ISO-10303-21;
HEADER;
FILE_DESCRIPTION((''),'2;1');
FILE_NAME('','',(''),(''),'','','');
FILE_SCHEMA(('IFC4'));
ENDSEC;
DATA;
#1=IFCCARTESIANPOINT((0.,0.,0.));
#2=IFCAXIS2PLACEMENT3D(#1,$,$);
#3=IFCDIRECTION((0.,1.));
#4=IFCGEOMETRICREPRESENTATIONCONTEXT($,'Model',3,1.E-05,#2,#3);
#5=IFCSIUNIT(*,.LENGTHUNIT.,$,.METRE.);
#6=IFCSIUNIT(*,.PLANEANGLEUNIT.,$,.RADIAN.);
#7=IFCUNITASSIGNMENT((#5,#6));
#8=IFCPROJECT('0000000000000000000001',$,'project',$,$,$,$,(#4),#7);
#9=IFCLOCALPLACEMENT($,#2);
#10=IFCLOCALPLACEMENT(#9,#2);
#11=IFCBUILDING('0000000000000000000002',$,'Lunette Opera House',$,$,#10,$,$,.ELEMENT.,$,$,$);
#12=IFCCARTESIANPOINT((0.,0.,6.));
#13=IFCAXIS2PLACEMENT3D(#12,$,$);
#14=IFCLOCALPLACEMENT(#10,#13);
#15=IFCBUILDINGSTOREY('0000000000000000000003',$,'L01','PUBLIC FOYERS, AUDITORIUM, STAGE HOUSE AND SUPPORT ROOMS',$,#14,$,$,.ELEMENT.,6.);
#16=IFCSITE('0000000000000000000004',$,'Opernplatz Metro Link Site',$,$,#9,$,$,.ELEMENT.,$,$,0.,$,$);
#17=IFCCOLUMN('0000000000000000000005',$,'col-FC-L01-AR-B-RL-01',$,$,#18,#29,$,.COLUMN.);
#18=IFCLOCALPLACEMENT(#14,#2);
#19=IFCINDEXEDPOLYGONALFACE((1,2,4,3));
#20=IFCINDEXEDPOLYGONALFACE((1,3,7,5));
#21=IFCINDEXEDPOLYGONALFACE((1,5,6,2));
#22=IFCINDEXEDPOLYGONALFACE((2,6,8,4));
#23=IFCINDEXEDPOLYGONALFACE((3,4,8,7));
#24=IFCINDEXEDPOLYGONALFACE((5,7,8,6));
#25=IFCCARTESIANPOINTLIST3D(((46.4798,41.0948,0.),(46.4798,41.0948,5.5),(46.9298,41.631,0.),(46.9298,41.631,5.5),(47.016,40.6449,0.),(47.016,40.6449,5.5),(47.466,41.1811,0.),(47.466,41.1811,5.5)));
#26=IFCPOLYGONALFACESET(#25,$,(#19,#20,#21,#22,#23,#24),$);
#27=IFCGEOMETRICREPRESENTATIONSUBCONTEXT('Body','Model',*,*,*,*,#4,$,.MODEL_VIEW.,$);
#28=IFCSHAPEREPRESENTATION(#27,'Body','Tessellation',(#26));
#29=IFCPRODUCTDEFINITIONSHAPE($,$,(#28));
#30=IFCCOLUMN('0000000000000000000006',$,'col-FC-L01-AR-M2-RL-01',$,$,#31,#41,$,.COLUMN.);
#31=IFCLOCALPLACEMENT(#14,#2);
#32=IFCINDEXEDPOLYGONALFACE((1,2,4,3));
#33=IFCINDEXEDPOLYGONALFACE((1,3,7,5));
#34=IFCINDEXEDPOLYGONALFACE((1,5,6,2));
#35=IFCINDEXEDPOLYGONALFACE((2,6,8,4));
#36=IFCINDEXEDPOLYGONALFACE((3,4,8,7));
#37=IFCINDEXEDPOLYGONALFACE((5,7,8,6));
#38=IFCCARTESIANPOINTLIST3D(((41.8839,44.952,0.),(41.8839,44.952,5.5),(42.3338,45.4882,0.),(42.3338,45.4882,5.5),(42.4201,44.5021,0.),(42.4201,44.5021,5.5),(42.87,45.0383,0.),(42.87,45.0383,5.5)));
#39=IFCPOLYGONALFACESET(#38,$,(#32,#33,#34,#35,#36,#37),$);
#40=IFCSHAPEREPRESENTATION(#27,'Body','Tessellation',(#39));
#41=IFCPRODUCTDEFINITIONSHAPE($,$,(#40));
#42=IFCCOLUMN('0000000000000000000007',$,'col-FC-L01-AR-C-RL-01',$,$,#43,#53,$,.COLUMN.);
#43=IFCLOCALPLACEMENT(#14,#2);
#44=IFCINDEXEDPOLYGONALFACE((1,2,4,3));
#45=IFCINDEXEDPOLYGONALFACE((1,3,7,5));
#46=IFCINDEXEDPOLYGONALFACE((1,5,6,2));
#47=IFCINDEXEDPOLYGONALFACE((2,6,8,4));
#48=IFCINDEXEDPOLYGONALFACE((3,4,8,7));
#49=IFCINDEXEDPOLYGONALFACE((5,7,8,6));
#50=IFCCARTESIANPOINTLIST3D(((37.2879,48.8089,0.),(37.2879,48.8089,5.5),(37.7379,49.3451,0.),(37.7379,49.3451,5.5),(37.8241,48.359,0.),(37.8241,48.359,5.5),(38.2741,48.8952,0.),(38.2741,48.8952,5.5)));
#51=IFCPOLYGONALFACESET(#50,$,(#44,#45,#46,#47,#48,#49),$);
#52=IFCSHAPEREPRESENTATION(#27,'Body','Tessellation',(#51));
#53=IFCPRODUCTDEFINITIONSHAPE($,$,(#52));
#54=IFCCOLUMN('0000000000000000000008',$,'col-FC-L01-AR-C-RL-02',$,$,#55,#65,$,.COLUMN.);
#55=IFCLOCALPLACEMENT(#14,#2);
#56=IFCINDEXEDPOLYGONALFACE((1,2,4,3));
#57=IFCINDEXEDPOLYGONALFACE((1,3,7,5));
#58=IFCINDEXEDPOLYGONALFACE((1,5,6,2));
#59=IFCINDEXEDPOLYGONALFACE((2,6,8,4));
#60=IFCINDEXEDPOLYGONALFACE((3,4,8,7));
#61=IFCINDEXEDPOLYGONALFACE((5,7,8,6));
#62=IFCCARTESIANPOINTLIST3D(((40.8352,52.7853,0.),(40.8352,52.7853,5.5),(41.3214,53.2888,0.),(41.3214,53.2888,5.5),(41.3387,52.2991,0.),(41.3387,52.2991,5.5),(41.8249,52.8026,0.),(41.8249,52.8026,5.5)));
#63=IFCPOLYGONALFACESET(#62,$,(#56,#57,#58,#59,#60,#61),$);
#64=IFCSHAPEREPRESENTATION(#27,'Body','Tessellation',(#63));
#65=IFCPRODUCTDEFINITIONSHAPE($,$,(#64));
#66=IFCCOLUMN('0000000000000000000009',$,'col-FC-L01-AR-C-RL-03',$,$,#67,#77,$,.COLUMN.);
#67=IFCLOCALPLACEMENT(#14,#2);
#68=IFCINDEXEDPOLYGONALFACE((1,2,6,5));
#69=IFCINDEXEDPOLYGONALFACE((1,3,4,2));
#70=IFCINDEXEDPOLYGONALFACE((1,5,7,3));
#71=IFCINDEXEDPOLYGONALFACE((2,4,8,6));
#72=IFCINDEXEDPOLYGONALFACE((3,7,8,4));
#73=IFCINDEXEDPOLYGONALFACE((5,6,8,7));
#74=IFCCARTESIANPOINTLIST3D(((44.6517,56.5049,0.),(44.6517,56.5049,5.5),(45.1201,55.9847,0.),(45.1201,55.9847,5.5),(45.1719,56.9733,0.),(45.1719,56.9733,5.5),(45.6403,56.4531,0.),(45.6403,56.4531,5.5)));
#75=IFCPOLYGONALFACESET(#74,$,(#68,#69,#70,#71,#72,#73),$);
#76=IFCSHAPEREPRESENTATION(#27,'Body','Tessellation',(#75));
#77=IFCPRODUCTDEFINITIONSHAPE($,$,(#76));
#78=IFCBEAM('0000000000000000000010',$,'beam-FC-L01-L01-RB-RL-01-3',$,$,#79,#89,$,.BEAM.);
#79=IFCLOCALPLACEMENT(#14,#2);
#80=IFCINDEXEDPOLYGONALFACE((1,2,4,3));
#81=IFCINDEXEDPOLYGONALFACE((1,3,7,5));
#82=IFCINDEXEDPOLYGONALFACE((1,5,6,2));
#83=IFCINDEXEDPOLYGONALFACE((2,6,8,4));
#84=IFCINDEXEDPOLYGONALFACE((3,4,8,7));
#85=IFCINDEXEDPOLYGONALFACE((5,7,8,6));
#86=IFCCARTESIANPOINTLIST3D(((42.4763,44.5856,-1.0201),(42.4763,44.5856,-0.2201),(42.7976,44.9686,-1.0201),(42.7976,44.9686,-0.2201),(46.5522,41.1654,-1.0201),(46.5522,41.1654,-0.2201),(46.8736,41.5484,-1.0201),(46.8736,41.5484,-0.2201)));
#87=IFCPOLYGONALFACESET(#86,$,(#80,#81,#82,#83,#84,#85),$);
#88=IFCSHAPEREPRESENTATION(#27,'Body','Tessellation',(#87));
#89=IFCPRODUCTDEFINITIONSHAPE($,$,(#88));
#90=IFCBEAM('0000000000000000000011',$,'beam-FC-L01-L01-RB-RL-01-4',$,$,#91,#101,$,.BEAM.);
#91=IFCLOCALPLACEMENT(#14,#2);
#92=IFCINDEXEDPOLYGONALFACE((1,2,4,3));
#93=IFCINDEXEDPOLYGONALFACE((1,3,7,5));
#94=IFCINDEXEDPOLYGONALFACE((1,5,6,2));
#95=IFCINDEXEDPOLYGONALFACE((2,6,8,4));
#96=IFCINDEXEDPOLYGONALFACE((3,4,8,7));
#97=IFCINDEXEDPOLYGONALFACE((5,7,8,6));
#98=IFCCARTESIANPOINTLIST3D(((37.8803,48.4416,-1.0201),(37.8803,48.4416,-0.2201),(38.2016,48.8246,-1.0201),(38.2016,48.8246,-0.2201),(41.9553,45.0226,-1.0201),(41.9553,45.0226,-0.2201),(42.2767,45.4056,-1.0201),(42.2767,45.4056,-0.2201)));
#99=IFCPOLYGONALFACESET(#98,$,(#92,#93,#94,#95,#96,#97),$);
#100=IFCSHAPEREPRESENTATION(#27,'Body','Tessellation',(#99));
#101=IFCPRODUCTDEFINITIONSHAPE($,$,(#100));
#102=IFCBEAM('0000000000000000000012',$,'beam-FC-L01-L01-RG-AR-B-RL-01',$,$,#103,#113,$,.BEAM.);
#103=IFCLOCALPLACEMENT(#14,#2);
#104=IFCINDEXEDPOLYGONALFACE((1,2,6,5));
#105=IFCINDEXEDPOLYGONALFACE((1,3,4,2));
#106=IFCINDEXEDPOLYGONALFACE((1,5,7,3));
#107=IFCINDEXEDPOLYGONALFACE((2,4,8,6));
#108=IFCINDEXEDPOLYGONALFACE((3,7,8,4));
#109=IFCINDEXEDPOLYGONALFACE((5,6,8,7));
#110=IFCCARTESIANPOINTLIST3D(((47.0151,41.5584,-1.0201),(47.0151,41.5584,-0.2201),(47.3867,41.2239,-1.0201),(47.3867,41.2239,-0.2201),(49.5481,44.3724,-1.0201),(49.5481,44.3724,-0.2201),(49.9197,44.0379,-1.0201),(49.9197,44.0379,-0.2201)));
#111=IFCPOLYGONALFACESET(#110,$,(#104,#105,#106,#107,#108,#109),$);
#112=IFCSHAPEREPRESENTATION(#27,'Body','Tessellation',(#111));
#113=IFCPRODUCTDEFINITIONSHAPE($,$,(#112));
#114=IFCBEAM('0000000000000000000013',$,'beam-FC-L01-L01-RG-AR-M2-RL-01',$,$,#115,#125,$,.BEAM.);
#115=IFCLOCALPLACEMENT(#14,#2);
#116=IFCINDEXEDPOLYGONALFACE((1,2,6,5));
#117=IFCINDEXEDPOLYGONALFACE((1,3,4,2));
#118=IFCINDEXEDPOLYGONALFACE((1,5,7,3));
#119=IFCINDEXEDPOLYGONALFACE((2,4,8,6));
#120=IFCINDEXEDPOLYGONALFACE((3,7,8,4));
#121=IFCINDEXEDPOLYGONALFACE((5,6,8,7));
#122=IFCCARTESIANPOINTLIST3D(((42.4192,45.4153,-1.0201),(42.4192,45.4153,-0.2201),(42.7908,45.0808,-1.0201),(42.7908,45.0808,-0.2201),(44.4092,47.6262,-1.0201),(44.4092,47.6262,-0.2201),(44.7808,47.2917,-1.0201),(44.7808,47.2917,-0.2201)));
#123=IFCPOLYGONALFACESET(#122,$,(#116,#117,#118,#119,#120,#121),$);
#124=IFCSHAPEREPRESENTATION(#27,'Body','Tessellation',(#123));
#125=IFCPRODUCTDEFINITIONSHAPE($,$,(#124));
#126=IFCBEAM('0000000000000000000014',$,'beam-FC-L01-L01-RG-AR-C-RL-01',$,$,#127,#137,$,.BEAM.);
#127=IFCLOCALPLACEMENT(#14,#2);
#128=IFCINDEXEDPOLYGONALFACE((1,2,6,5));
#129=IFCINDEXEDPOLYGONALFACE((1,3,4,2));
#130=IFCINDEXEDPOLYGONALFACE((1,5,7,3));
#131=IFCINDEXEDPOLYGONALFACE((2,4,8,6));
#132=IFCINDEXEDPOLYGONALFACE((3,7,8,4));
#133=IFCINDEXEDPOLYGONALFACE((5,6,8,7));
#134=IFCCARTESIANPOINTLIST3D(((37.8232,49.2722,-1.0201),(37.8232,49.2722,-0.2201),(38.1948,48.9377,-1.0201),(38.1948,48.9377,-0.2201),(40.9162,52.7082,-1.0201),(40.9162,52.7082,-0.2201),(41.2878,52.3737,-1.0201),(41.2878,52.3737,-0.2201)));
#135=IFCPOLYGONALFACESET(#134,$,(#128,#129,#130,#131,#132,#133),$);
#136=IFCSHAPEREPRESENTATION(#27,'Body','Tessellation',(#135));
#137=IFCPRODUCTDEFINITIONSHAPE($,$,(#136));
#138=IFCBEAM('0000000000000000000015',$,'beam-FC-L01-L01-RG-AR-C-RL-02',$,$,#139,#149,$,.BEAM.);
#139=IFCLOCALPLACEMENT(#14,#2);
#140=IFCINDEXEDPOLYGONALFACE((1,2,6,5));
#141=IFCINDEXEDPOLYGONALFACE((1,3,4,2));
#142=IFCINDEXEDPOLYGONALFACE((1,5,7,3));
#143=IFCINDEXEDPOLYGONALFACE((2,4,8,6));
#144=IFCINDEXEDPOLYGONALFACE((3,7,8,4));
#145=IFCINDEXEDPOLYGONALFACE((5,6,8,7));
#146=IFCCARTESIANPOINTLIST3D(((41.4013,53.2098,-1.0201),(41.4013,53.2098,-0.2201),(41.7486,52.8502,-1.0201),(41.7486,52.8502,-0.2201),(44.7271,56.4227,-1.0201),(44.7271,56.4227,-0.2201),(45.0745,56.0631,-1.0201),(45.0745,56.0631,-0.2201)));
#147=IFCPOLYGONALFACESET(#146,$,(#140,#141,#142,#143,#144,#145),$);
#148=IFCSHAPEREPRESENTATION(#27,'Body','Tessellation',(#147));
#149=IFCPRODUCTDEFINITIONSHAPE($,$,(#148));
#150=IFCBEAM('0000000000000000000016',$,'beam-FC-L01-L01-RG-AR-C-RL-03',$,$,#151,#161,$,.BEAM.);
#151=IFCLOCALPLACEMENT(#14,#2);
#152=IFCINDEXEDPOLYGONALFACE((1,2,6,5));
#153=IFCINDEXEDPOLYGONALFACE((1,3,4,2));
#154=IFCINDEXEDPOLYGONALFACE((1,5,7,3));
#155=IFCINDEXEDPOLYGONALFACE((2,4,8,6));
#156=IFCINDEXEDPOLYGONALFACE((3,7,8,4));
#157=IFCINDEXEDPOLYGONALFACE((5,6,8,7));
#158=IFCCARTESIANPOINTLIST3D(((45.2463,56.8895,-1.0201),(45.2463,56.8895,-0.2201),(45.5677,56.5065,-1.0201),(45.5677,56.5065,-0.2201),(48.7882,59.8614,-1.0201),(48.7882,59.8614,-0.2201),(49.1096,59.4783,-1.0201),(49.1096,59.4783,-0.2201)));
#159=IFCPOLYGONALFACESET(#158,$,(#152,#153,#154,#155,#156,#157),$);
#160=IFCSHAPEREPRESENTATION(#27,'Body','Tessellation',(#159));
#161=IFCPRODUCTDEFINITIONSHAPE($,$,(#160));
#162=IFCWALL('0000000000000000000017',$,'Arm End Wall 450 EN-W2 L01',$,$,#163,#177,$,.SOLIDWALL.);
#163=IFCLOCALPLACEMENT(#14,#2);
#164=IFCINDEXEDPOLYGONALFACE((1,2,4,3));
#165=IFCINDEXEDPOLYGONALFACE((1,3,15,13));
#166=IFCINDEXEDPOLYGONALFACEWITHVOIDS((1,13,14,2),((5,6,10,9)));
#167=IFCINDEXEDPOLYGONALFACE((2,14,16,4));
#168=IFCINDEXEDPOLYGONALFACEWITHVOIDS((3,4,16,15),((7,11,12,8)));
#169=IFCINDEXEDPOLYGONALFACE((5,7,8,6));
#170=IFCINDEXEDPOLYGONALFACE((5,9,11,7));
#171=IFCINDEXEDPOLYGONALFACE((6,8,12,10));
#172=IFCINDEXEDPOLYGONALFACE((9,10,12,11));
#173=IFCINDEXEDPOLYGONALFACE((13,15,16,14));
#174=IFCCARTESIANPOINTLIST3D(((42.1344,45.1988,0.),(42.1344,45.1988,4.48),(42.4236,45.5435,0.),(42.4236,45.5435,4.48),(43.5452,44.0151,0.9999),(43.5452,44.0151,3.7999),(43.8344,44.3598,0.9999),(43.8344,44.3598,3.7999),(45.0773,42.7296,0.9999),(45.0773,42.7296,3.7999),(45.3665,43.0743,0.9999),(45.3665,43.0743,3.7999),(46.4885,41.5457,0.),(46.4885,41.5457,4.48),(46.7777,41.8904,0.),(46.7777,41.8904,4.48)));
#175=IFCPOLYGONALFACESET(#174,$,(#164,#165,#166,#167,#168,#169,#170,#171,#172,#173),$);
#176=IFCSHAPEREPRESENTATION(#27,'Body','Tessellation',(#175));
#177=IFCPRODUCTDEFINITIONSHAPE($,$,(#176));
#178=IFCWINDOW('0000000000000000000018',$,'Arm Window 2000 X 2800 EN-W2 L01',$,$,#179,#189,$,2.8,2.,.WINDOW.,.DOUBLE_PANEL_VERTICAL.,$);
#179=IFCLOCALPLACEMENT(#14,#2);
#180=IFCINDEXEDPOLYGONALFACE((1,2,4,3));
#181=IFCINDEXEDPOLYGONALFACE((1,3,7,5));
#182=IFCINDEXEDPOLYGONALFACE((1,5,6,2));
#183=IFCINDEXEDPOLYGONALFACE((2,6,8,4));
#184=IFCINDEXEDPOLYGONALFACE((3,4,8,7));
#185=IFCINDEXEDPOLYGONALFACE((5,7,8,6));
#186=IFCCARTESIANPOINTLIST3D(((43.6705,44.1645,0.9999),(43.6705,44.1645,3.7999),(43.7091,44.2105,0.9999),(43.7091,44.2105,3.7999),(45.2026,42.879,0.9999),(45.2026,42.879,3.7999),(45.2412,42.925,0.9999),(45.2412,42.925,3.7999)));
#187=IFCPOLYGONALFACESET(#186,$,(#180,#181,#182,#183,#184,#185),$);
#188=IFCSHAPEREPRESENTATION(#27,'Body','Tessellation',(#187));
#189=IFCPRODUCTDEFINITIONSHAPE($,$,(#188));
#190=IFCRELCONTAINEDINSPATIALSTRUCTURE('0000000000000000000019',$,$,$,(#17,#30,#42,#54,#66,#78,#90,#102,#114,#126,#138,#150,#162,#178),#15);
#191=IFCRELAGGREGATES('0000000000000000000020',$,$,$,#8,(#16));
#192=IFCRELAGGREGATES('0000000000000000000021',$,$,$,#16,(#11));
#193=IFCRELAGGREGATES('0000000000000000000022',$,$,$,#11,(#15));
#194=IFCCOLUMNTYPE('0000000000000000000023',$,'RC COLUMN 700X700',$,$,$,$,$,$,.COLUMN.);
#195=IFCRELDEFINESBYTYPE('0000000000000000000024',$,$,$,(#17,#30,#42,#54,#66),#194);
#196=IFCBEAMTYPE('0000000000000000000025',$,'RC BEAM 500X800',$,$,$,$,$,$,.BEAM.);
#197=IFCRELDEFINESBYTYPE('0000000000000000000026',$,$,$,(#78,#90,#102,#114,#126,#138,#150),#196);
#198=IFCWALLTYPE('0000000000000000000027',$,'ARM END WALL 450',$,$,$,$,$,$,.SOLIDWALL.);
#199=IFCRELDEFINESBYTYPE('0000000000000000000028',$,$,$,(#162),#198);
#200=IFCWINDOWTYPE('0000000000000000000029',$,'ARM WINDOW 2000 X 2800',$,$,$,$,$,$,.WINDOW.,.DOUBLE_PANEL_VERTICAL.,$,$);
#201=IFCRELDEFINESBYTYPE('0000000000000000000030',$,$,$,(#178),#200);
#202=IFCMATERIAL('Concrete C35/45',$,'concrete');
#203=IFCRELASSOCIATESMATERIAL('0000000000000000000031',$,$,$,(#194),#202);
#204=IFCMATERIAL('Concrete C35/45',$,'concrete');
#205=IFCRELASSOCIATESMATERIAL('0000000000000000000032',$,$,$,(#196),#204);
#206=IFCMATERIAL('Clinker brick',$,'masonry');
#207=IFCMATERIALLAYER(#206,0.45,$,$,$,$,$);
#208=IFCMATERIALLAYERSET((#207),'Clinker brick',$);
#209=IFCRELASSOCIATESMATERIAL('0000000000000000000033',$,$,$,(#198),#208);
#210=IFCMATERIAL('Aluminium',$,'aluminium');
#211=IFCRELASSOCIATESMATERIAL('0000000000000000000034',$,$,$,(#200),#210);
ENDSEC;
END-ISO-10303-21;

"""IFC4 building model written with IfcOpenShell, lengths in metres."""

from ifc_helpers import new_model, si_unit, direction, frame, frame_2d, origin, origin_2d, place, context, subcontext, project, spatial, rectangle, extrude, material, layer, layer_set, material_profile, profile_set, type_object, element, fill, save


model = new_model("IFC4")

# Units and contexts
model_context = context("Model", 3, precision=1e-05, world=origin(), true_north=direction((0.0, 1.0)))
body_context = subcontext(model_context, "Body", "Model", "MODEL_VIEW")
ifc_project = project(units=[si_unit("LENGTHUNIT", "METRE"), si_unit("PLANEANGLEUNIT", "RADIAN")], contexts=[model_context])

# Site, building, storey
site_placement = place(None, origin())
site = spatial("IfcSite", under=ifc_project, at=site_placement, Name="Opernplatz Metro Link Site", CompositionType="ELEMENT", RefElevation=0.0)
building_placement = place(site_placement, origin())
building = spatial("IfcBuilding", under=site, at=building_placement, Name="Lunette Opera House", CompositionType="ELEMENT")
storey_placement = place(building_placement, frame((0.0, 0.0, 6.0)))
storey = spatial("IfcBuildingStorey", under=building, at=storey_placement, Name="L01", Description="PUBLIC FOYERS, AUDITORIUM, STAGE HOUSE AND SUPPORT ROOMS", CompositionType="ELEMENT", Elevation=6.0)

# Columns
ifc_material_1 = material(Name="Concrete C35/45", Category="concrete")
ifc_material_profile_1 = material_profile(ifc_material_1, rectangle(XDim=0.7, YDim=0.7, at=origin_2d()), Name="RC COLUMN 700X700")
ifc_profile_set_1 = profile_set([ifc_material_profile_1], Name="Concrete C35/45")
column_type = type_object("IfcColumnType", Name="RC COLUMN 700X700", PredefinedType="COLUMN", material=ifc_profile_set_1)
for number, where, z_axis, x_axis, name in (
    (1, (46.9729, 41.1379, 0.0), (0.0, 0.0, 1.0), (0.642788, 0.766044, 0.0), "col-FC-L01-AR-B-RL-01"),
    (2, (42.377, 44.9951, 0.0), (0.0, 0.0, 1.0), (0.642788, 0.766044, 0.0), "col-FC-L01-AR-M2-RL-01"),
    (3, (37.781, 48.8521, 0.0), (0.0, 0.0, 1.0), (0.642788, 0.766044, 0.0), "col-FC-L01-AR-C-RL-01"),
    (4, (41.3301, 52.7939, 0.0), (0.0, 0.0, 1.0), (0.694658, 0.71934, 0.0), "col-FC-L01-AR-C-RL-02"),
    (5, (45.146, 56.479, 0.0), (0.0, 0.0, 1.0), (0.743145, 0.669131, 0.0), "col-FC-L01-AR-C-RL-03"),
):
    element("IfcColumn", number, at=place(storey_placement, frame(where, z_axis=z_axis, x_axis=x_axis)), inside=storey, type_object=column_type, Name=name, PredefinedType="COLUMN", context=body_context, shape_type="SweptSolid", body=[
        extrude(rectangle(XDim=0.7, YDim=0.7, at=origin_2d()), origin(), (0.0, 0.0, 1.0), 5.5),
    ])

# Beams
ifc_material_2 = material(Name="Concrete C35/45", Category="concrete")
ifc_material_profile_2 = material_profile(ifc_material_2, rectangle(XDim=0.5, YDim=0.8, at=origin_2d()), Name="RC BEAM 500X800")
ifc_profile_set_2 = profile_set([ifc_material_profile_2], Name="Concrete C35/45")
beam_type = type_object("IfcBeamType", Name="RC BEAM 500X800", PredefinedType="BEAM", material=ifc_profile_set_2)
beam_1_placement = place(storey_placement, frame((46.7129, 41.3569, -0.6201), z_axis=(-0.766039, 0.642794, 0.0), x_axis=(-0.642794, -0.766039, 0.0)))
element("IfcBeam", 6, at=beam_1_placement, inside=storey, type_object=beam_type, Name="beam-FC-L01-L01-RB-RL-01-3", PredefinedType="BEAM", context=body_context, shape_type="SweptSolid", body=[
    extrude(rectangle(XDim=0.5, YDim=0.8, at=origin_2d()), origin(), (0.0, 0.0, 1.0), 5.3208),
])
beam_2_placement = place(storey_placement, frame((42.116, 45.2141, -0.6201), z_axis=(-0.766076, 0.64275, 0.0), x_axis=(-0.64275, -0.766076, 0.0)))
element("IfcBeam", 7, at=beam_2_placement, inside=storey, type_object=beam_type, Name="beam-FC-L01-L01-RB-RL-01-4", PredefinedType="BEAM", context=body_context, shape_type="SweptSolid", body=[
    extrude(rectangle(XDim=0.5, YDim=0.8, at=origin_2d()), origin(), (0.0, 0.0, 1.0), 5.3193),
])
beam_3_placement = place(storey_placement, frame((47.2009, 41.3911, -0.6201), z_axis=(0.669022, 0.743243, 0.0), x_axis=(-0.743243, 0.669022, 0.0)))
element("IfcBeam", 8, at=beam_3_placement, inside=storey, type_object=beam_type, Name="beam-FC-L01-L01-RG-AR-B-RL-01", PredefinedType="BEAM", context=body_context, shape_type="SweptSolid", body=[
    extrude(rectangle(XDim=0.5, YDim=0.8, at=origin_2d()), origin(), (0.0, 0.0, 1.0), 3.7861),
])
beam_4_placement = place(storey_placement, frame((42.605, 45.248, -0.6201), z_axis=(0.668992, 0.74327, 0.0), x_axis=(-0.74327, 0.668992, 0.0)))
element("IfcBeam", 9, at=beam_4_placement, inside=storey, type_object=beam_type, Name="beam-FC-L01-L01-RG-AR-M2-RL-01", PredefinedType="BEAM", context=body_context, shape_type="SweptSolid", body=[
    extrude(rectangle(XDim=0.5, YDim=0.8, at=origin_2d()), origin(), (0.0, 0.0, 1.0), 2.9746),
])
beam_5_placement = place(storey_placement, frame((38.009, 49.105, -0.6201), z_axis=(0.669035, 0.743231, 0.0), x_axis=(-0.743231, 0.669035, 0.0)))
element("IfcBeam", 10, at=beam_5_placement, inside=storey, type_object=beam_type, Name="beam-FC-L01-L01-RG-AR-C-RL-01", PredefinedType="BEAM", context=body_context, shape_type="SweptSolid", body=[
    extrude(rectangle(XDim=0.5, YDim=0.8, at=origin_2d()), origin(), (0.0, 0.0, 1.0), 4.623),
])
beam_6_placement = place(storey_placement, frame((41.575, 53.03, -0.6201), z_axis=(0.719223, 0.694779, 0.0), x_axis=(-0.694779, 0.719223, 0.0)))
element("IfcBeam", 11, at=beam_6_placement, inside=storey, type_object=beam_type, Name="beam-FC-L01-L01-RG-AR-C-RL-02", PredefinedType="BEAM", context=body_context, shape_type="SweptSolid", body=[
    extrude(rectangle(XDim=0.5, YDim=0.8, at=origin_2d()), origin(), (0.0, 0.0, 1.0), 4.6243),
])
beam_7_placement = place(storey_placement, frame((45.407, 56.698, -0.6201), z_axis=(0.766062, 0.642767, 0.0), x_axis=(-0.642767, 0.766062, 0.0)))
element("IfcBeam", 12, at=beam_7_placement, inside=storey, type_object=beam_type, Name="beam-FC-L01-L01-RG-AR-C-RL-03", PredefinedType="BEAM", context=body_context, shape_type="SweptSolid", body=[
    extrude(rectangle(XDim=0.5, YDim=0.8, at=origin_2d()), origin(), (0.0, 0.0, 1.0), 4.6235),
])

# Wall, opening, window
ifc_material_3 = material(Name="Clinker brick", Category="masonry")
ifc_layer_1 = layer(ifc_material_3, 0.45)
ifc_layer_set_1 = layer_set([ifc_layer_1], Name="Clinker brick")
wall_type_1 = type_object("IfcWallType", Name="ARM END WALL 450", PredefinedType="SOLIDWALL", material=ifc_layer_set_1)
wall_1_placement = place(storey_placement, frame((46.6331, 41.718, 0.0), z_axis=(0.0, 0.0, 1.0), x_axis=(-0.766076, 0.64275, 0.0)))
wall_1 = element("IfcWall", 13, at=wall_1_placement, inside=storey, type_object=wall_type_1, Name="Arm End Wall 450 EN-W2 L01", PredefinedType="SOLIDWALL", context=body_context, shape_type="SweptSolid", body=[
    extrude(rectangle(XDim=5.6836, YDim=0.45, at=frame_2d((2.8418, 0.0))), origin(), (0.0, 0.0, 1.0), 4.48),
])
opening_1_placement = place(wall_1_placement, frame((1.842, 0.0, 1.0)))
opening_1 = element("IfcOpeningElement", 14, at=opening_1_placement, cuts=wall_1, PredefinedType="OPENING", context=body_context, shape_type="SweptSolid", body=[
    extrude(rectangle(XDim=2.0, YDim=2.8, at=frame_2d((1.0, 1.3999))), frame((0.0, 0.2371, 0.0), z_axis=(0.0, -1.0, 0.0), x_axis=(1.0, 0.0, 0.0)), (0.0, 0.0, 1.0), 0.4739),
])
ifc_material_4 = material(Name="Aluminium", Category="aluminium")
window_type = type_object("IfcWindowType", Name="ARM WINDOW 2000 X 2800", PartitioningType="DOUBLE_PANEL_VERTICAL", PredefinedType="WINDOW", material=ifc_material_4)
window_1_placement = place(opening_1_placement, origin())
window_1 = element("IfcWindow", 15, at=window_1_placement, inside=storey, type_object=window_type, Name="Arm Window 2000 X 2800 EN-W2 L01", OverallHeight=2.8, OverallWidth=2.0, PartitioningType="DOUBLE_PANEL_VERTICAL", PredefinedType="WINDOW", context=body_context, shape_type="SweptSolid", body=[
    extrude(rectangle(XDim=2.0, YDim=2.8, at=frame_2d((1.0, 1.3999))), frame((0.0, 0.03, 0.0), z_axis=(0.0, -1.0, 0.0), x_axis=(1.0, 0.0, 0.0)), (0.0, 0.0, 1.0), 0.0601),
])
fill(opening_1, window_1)

save(model, "model.ifc")
